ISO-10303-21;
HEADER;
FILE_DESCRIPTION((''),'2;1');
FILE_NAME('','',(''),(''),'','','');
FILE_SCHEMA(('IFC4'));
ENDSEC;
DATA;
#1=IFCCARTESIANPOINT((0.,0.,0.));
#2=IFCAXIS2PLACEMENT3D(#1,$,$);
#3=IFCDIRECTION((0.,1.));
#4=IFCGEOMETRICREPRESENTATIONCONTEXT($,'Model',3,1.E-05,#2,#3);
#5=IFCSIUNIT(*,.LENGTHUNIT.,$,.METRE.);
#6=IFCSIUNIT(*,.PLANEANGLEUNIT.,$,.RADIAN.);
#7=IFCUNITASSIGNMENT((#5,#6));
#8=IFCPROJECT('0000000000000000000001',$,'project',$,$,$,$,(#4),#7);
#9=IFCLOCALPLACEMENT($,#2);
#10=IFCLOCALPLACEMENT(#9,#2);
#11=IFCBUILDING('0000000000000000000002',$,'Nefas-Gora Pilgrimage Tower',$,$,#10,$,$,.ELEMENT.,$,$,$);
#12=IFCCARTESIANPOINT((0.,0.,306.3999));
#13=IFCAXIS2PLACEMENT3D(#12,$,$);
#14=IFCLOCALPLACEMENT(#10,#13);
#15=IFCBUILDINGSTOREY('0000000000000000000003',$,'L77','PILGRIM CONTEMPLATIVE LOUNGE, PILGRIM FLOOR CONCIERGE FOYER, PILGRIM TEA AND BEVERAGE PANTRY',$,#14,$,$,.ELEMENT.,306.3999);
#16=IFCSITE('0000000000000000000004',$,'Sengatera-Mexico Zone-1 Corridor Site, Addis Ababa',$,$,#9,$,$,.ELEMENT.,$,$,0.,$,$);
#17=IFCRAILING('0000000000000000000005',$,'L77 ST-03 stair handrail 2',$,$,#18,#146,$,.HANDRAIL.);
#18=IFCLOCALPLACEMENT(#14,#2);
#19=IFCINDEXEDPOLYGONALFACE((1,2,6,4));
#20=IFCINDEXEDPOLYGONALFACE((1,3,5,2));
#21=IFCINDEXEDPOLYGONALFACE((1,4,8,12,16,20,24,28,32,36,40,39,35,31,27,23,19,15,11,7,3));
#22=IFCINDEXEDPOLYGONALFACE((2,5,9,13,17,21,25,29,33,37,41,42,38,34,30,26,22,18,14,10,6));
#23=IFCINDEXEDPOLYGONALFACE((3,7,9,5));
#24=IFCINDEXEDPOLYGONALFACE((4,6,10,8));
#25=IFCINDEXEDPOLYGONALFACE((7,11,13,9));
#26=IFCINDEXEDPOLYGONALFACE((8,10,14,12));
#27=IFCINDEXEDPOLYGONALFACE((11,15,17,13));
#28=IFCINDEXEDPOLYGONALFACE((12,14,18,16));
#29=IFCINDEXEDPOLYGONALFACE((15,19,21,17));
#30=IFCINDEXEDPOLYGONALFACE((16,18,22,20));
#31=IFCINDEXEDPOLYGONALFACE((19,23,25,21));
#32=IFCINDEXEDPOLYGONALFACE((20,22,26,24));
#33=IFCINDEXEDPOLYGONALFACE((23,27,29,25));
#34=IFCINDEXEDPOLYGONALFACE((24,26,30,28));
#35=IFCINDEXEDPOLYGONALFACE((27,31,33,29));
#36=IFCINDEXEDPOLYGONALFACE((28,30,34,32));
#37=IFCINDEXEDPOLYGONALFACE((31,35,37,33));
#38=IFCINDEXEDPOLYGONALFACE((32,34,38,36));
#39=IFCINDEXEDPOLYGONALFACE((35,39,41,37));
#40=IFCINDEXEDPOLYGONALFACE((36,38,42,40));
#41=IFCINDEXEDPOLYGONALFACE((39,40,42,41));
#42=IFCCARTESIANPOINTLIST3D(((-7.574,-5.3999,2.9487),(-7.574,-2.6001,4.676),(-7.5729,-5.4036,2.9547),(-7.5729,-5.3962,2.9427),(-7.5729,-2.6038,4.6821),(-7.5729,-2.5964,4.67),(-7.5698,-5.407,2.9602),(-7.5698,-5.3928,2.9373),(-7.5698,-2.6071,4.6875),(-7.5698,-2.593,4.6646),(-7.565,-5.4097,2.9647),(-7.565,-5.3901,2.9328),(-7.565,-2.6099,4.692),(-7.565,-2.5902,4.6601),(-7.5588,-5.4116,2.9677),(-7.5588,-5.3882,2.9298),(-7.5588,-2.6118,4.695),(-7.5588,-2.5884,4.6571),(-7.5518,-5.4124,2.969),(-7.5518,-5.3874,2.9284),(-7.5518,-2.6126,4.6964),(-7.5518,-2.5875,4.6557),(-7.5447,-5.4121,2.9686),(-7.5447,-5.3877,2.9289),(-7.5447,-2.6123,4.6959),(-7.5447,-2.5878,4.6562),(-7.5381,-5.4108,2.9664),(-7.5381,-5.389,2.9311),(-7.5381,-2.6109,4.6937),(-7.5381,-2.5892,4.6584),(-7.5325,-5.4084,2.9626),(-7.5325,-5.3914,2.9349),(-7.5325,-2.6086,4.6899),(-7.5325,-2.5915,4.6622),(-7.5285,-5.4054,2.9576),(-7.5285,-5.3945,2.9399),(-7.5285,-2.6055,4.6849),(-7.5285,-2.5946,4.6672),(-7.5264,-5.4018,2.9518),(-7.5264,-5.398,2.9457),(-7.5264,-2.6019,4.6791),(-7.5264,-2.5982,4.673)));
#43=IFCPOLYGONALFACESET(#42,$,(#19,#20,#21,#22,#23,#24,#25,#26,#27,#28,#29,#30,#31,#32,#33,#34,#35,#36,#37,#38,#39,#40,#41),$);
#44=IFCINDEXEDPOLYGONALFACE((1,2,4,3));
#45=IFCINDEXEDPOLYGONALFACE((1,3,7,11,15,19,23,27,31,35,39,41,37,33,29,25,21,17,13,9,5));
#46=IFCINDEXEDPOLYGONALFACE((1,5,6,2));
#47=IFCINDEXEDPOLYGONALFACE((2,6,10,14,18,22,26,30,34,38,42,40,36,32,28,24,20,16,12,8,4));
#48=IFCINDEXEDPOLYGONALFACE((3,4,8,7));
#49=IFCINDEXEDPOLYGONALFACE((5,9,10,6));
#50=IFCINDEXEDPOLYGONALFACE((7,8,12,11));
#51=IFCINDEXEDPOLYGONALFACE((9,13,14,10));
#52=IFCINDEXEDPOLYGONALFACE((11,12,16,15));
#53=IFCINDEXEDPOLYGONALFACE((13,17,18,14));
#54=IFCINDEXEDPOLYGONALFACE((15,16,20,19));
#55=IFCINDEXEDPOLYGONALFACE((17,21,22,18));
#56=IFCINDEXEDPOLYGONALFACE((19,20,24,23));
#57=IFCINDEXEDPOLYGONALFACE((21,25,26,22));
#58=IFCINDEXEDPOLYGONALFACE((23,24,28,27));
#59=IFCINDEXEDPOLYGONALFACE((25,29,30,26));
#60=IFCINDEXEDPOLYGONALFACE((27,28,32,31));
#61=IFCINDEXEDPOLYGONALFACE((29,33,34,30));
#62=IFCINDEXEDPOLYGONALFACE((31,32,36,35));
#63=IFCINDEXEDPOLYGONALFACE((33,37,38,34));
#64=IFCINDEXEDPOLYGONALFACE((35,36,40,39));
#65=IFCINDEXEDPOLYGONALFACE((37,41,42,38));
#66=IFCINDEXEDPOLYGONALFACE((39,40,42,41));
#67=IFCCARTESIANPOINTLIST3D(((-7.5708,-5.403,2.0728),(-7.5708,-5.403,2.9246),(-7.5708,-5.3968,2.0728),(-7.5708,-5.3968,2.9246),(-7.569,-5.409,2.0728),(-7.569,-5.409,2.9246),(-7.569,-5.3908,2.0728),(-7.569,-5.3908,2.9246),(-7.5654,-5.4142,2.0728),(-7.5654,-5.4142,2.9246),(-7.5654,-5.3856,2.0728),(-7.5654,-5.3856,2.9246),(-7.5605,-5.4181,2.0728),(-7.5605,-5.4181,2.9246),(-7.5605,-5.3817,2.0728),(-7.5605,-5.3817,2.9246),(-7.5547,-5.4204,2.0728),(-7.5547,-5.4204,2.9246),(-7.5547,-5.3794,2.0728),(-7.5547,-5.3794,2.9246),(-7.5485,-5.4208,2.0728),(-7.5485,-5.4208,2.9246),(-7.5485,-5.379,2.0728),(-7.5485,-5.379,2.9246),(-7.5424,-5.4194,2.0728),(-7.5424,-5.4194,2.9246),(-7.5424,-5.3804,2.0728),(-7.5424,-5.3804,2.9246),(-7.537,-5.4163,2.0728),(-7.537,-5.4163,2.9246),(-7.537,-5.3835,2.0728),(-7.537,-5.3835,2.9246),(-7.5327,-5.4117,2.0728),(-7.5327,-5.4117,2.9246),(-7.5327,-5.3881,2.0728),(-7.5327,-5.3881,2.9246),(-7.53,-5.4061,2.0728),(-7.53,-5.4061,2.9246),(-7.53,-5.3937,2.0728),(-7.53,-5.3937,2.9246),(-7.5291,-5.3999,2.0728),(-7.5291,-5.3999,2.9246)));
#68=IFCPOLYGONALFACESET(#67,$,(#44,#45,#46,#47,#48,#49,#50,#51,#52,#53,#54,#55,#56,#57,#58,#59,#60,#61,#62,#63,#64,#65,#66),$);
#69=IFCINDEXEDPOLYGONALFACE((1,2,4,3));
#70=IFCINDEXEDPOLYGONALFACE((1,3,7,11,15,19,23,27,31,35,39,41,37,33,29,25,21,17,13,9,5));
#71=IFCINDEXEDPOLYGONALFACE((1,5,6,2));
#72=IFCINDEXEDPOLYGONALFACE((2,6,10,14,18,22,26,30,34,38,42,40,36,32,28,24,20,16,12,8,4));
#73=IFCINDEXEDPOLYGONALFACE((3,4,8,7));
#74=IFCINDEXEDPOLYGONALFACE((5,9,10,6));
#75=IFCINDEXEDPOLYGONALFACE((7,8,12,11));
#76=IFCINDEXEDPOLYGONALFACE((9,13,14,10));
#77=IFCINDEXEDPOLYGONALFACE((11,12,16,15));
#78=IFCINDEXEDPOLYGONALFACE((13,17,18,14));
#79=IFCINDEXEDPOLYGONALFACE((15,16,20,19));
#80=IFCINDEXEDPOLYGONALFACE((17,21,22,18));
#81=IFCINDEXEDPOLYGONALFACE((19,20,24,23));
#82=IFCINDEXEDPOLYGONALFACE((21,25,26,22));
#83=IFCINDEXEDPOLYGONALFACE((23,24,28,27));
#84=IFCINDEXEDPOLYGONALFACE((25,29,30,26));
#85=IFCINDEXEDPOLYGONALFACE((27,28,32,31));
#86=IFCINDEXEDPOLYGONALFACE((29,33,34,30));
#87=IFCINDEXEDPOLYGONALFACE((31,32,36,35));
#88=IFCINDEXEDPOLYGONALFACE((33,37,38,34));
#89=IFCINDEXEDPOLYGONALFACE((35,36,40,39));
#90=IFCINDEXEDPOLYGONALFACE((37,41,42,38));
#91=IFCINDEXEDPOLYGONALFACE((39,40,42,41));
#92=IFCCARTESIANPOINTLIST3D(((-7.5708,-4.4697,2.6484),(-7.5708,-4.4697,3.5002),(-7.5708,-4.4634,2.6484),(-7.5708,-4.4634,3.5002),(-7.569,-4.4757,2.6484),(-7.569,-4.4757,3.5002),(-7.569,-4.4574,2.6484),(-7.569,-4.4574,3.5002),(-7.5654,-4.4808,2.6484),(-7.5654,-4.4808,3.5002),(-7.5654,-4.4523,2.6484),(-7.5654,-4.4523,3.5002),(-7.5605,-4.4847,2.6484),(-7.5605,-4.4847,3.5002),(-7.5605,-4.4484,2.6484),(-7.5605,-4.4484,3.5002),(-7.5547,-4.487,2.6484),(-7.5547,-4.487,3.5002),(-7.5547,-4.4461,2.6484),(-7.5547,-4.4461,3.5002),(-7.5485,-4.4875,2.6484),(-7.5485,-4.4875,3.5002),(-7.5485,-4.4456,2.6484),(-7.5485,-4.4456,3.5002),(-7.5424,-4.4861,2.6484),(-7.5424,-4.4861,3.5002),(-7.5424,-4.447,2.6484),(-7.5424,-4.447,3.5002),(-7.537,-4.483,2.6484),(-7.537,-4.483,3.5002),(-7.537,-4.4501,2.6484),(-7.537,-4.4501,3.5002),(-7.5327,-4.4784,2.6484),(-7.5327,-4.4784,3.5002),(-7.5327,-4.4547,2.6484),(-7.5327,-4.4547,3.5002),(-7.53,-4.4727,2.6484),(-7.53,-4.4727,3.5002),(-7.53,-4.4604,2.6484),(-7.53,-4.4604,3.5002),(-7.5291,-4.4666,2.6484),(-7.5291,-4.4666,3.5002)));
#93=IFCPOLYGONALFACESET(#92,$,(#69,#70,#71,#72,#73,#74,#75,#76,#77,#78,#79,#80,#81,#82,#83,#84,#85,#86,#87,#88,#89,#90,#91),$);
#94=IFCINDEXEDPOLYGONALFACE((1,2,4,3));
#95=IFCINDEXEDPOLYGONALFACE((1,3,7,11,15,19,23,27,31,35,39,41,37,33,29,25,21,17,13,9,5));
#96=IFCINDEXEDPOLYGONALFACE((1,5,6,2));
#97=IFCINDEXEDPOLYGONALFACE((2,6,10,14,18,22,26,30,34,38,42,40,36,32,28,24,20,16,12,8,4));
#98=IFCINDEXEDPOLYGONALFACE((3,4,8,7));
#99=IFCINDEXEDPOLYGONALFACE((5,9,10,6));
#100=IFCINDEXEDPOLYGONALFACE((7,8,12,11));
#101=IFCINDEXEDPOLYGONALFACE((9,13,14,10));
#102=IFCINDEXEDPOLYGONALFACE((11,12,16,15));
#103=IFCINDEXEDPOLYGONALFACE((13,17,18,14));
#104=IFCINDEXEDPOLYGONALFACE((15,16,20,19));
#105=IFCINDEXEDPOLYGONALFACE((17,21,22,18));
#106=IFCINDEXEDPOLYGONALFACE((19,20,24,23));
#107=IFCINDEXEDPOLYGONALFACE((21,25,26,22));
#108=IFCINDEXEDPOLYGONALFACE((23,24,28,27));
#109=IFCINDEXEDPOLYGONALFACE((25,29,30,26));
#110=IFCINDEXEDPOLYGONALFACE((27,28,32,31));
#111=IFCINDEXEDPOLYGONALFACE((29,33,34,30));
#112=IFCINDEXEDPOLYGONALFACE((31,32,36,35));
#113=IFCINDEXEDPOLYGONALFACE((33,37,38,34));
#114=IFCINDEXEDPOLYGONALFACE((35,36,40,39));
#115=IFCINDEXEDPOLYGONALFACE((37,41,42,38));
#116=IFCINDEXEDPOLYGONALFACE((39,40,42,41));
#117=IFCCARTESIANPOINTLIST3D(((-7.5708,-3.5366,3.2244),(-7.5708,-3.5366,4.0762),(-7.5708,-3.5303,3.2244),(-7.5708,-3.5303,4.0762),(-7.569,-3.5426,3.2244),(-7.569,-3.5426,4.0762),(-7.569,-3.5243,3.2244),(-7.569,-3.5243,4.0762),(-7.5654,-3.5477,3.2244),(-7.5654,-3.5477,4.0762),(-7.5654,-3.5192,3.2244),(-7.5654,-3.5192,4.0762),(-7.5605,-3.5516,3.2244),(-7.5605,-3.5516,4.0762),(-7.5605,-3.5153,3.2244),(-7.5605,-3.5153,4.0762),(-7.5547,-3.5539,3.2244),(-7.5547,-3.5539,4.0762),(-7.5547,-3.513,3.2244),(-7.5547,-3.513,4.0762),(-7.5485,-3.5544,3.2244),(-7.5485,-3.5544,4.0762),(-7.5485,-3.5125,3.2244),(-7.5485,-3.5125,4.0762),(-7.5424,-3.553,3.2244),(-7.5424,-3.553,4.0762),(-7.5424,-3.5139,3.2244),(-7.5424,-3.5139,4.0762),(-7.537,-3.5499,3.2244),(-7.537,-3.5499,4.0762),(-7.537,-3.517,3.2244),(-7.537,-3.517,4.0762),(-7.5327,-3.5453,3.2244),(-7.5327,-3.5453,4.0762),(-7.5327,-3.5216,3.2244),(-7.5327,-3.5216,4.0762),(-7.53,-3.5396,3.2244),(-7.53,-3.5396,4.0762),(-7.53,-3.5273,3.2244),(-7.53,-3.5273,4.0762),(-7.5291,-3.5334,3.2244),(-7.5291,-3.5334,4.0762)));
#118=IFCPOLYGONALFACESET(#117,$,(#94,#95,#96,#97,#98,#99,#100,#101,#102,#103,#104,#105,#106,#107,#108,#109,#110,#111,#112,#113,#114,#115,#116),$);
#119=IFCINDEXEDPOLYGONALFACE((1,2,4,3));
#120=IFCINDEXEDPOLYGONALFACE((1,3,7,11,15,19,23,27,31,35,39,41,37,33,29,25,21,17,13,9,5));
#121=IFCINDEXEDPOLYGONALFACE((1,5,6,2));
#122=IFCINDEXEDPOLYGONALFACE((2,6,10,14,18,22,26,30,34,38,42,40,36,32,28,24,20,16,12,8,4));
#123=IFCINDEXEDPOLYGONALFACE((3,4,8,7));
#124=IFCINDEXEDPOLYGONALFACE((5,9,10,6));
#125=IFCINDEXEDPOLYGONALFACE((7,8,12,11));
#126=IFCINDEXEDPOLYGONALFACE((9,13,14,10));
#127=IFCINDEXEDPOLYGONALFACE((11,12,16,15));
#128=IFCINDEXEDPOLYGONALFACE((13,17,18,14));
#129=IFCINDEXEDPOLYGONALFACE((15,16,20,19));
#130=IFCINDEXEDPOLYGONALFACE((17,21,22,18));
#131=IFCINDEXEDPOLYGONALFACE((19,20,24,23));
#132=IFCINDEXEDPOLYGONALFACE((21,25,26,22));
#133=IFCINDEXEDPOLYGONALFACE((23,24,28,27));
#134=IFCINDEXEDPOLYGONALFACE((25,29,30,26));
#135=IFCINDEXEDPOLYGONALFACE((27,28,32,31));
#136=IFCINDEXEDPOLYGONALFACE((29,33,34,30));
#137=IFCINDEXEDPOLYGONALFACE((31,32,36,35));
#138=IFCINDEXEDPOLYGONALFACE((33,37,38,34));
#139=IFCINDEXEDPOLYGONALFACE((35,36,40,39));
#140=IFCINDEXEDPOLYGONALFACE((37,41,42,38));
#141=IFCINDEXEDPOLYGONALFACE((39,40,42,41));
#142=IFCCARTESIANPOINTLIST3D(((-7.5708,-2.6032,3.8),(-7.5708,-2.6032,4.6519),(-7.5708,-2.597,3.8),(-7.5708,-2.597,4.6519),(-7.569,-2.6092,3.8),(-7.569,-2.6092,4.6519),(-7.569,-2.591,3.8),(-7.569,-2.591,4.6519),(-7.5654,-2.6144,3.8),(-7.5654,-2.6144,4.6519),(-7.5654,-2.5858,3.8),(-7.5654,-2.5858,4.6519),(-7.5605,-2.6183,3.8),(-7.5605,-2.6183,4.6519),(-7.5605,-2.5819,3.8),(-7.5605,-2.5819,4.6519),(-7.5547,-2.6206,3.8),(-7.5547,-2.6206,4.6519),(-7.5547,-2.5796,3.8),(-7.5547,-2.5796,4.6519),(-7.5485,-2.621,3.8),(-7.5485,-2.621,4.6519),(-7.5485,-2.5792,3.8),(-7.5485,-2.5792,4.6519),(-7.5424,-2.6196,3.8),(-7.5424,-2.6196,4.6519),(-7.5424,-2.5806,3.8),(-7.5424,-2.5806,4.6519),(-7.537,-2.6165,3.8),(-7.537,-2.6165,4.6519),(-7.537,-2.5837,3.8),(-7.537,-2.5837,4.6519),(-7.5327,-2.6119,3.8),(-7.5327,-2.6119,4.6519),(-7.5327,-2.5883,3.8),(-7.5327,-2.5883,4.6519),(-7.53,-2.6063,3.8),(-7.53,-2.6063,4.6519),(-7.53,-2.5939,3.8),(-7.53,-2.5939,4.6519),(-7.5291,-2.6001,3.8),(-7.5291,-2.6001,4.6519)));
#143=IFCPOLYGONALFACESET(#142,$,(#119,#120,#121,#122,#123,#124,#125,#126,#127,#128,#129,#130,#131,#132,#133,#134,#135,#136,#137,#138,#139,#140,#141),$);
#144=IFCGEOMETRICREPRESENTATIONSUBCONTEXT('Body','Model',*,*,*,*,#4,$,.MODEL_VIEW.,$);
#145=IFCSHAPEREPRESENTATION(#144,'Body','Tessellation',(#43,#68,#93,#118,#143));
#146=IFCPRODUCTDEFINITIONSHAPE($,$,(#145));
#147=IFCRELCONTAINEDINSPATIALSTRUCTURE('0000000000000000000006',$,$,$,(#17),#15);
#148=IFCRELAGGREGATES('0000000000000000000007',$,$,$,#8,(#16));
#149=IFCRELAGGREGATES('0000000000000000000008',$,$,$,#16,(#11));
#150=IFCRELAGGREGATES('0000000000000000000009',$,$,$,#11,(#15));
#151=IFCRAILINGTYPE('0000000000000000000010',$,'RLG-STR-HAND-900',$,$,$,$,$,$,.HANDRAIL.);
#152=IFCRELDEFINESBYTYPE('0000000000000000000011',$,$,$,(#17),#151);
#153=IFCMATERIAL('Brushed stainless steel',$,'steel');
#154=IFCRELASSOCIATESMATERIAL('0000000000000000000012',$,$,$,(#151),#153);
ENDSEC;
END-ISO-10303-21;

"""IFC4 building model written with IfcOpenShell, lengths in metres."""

from ifc_helpers import new_model, si_unit, direction, frame, origin, origin_2d, place, context, subcontext, project, spatial, circle, extrude, material, type_object, element, save


model = new_model("IFC4")

# Units and contexts
model_context = context("Model", 3, precision=1e-05, world=origin(), true_north=direction((0.0, 1.0)))
body_context = subcontext(model_context, "Body", "Model", "MODEL_VIEW")
ifc_project = project(units=[si_unit("LENGTHUNIT", "METRE"), si_unit("PLANEANGLEUNIT", "RADIAN")], contexts=[model_context])

# Site, building, storey
site_placement = place(None, origin())
site = spatial("IfcSite", under=ifc_project, at=site_placement, Name="Sengatera-Mexico Zone-1 Corridor Site, Addis Ababa", CompositionType="ELEMENT", RefElevation=0.0)
building_placement = place(site_placement, origin())
building = spatial("IfcBuilding", under=site, at=building_placement, Name="Nefas-Gora Pilgrimage Tower", CompositionType="ELEMENT")
storey_placement = place(building_placement, frame((0.0, 0.0, 306.3999)))
storey = spatial("IfcBuildingStorey", under=building, at=storey_placement, Name="L77", Description="PILGRIM CONTEMPLATIVE LOUNGE, PILGRIM FLOOR CONCIERGE FOYER, PILGRIM TEA AND BEVERAGE PANTRY", CompositionType="ELEMENT", Elevation=306.3999)

# Railing
ifc_material_1 = material(Name="Brushed stainless steel", Category="steel")
railing_type_1 = type_object("IfcRailingType", Name="RLG-STR-HAND-900", PredefinedType="HANDRAIL", material=ifc_material_1)
railing_1_placement = place(storey_placement, frame((-7.55, -5.3999, 2.0728)))
element("IfcRailing", 1, at=railing_1_placement, inside=storey, type_object=railing_type_1, Name="L77 ST-03 stair handrail 2", PredefinedType="HANDRAIL", context=body_context, shape_type="SweptSolid", body=[
    extrude(circle(Radius=0.0239, at=origin_2d()), frame((0.0, 0.0, 0.876), z_axis=(0.0, 0.851069, 0.525054), x_axis=(-1.0, 0.0, 0.0)), (0.0, 0.0, 1.0), 3.2898),
    extrude(circle(Radius=0.021, at=origin_2d()), origin(), (0.0, 0.0, 1.0), 0.8518),
    extrude(circle(Radius=0.021, at=origin_2d()), frame((0.0, 0.9333, 0.5757)), (0.0, 0.0, 1.0), 0.8518),
    extrude(circle(Radius=0.021, at=origin_2d()), frame((0.0, 1.8665, 1.1516)), (0.0, 0.0, 1.0), 0.8518),
    extrude(circle(Radius=0.021, at=origin_2d()), frame((0.0, 2.7998, 1.7273)), (0.0, 0.0, 1.0), 0.8518),
])

save(model, "model.ifc")
